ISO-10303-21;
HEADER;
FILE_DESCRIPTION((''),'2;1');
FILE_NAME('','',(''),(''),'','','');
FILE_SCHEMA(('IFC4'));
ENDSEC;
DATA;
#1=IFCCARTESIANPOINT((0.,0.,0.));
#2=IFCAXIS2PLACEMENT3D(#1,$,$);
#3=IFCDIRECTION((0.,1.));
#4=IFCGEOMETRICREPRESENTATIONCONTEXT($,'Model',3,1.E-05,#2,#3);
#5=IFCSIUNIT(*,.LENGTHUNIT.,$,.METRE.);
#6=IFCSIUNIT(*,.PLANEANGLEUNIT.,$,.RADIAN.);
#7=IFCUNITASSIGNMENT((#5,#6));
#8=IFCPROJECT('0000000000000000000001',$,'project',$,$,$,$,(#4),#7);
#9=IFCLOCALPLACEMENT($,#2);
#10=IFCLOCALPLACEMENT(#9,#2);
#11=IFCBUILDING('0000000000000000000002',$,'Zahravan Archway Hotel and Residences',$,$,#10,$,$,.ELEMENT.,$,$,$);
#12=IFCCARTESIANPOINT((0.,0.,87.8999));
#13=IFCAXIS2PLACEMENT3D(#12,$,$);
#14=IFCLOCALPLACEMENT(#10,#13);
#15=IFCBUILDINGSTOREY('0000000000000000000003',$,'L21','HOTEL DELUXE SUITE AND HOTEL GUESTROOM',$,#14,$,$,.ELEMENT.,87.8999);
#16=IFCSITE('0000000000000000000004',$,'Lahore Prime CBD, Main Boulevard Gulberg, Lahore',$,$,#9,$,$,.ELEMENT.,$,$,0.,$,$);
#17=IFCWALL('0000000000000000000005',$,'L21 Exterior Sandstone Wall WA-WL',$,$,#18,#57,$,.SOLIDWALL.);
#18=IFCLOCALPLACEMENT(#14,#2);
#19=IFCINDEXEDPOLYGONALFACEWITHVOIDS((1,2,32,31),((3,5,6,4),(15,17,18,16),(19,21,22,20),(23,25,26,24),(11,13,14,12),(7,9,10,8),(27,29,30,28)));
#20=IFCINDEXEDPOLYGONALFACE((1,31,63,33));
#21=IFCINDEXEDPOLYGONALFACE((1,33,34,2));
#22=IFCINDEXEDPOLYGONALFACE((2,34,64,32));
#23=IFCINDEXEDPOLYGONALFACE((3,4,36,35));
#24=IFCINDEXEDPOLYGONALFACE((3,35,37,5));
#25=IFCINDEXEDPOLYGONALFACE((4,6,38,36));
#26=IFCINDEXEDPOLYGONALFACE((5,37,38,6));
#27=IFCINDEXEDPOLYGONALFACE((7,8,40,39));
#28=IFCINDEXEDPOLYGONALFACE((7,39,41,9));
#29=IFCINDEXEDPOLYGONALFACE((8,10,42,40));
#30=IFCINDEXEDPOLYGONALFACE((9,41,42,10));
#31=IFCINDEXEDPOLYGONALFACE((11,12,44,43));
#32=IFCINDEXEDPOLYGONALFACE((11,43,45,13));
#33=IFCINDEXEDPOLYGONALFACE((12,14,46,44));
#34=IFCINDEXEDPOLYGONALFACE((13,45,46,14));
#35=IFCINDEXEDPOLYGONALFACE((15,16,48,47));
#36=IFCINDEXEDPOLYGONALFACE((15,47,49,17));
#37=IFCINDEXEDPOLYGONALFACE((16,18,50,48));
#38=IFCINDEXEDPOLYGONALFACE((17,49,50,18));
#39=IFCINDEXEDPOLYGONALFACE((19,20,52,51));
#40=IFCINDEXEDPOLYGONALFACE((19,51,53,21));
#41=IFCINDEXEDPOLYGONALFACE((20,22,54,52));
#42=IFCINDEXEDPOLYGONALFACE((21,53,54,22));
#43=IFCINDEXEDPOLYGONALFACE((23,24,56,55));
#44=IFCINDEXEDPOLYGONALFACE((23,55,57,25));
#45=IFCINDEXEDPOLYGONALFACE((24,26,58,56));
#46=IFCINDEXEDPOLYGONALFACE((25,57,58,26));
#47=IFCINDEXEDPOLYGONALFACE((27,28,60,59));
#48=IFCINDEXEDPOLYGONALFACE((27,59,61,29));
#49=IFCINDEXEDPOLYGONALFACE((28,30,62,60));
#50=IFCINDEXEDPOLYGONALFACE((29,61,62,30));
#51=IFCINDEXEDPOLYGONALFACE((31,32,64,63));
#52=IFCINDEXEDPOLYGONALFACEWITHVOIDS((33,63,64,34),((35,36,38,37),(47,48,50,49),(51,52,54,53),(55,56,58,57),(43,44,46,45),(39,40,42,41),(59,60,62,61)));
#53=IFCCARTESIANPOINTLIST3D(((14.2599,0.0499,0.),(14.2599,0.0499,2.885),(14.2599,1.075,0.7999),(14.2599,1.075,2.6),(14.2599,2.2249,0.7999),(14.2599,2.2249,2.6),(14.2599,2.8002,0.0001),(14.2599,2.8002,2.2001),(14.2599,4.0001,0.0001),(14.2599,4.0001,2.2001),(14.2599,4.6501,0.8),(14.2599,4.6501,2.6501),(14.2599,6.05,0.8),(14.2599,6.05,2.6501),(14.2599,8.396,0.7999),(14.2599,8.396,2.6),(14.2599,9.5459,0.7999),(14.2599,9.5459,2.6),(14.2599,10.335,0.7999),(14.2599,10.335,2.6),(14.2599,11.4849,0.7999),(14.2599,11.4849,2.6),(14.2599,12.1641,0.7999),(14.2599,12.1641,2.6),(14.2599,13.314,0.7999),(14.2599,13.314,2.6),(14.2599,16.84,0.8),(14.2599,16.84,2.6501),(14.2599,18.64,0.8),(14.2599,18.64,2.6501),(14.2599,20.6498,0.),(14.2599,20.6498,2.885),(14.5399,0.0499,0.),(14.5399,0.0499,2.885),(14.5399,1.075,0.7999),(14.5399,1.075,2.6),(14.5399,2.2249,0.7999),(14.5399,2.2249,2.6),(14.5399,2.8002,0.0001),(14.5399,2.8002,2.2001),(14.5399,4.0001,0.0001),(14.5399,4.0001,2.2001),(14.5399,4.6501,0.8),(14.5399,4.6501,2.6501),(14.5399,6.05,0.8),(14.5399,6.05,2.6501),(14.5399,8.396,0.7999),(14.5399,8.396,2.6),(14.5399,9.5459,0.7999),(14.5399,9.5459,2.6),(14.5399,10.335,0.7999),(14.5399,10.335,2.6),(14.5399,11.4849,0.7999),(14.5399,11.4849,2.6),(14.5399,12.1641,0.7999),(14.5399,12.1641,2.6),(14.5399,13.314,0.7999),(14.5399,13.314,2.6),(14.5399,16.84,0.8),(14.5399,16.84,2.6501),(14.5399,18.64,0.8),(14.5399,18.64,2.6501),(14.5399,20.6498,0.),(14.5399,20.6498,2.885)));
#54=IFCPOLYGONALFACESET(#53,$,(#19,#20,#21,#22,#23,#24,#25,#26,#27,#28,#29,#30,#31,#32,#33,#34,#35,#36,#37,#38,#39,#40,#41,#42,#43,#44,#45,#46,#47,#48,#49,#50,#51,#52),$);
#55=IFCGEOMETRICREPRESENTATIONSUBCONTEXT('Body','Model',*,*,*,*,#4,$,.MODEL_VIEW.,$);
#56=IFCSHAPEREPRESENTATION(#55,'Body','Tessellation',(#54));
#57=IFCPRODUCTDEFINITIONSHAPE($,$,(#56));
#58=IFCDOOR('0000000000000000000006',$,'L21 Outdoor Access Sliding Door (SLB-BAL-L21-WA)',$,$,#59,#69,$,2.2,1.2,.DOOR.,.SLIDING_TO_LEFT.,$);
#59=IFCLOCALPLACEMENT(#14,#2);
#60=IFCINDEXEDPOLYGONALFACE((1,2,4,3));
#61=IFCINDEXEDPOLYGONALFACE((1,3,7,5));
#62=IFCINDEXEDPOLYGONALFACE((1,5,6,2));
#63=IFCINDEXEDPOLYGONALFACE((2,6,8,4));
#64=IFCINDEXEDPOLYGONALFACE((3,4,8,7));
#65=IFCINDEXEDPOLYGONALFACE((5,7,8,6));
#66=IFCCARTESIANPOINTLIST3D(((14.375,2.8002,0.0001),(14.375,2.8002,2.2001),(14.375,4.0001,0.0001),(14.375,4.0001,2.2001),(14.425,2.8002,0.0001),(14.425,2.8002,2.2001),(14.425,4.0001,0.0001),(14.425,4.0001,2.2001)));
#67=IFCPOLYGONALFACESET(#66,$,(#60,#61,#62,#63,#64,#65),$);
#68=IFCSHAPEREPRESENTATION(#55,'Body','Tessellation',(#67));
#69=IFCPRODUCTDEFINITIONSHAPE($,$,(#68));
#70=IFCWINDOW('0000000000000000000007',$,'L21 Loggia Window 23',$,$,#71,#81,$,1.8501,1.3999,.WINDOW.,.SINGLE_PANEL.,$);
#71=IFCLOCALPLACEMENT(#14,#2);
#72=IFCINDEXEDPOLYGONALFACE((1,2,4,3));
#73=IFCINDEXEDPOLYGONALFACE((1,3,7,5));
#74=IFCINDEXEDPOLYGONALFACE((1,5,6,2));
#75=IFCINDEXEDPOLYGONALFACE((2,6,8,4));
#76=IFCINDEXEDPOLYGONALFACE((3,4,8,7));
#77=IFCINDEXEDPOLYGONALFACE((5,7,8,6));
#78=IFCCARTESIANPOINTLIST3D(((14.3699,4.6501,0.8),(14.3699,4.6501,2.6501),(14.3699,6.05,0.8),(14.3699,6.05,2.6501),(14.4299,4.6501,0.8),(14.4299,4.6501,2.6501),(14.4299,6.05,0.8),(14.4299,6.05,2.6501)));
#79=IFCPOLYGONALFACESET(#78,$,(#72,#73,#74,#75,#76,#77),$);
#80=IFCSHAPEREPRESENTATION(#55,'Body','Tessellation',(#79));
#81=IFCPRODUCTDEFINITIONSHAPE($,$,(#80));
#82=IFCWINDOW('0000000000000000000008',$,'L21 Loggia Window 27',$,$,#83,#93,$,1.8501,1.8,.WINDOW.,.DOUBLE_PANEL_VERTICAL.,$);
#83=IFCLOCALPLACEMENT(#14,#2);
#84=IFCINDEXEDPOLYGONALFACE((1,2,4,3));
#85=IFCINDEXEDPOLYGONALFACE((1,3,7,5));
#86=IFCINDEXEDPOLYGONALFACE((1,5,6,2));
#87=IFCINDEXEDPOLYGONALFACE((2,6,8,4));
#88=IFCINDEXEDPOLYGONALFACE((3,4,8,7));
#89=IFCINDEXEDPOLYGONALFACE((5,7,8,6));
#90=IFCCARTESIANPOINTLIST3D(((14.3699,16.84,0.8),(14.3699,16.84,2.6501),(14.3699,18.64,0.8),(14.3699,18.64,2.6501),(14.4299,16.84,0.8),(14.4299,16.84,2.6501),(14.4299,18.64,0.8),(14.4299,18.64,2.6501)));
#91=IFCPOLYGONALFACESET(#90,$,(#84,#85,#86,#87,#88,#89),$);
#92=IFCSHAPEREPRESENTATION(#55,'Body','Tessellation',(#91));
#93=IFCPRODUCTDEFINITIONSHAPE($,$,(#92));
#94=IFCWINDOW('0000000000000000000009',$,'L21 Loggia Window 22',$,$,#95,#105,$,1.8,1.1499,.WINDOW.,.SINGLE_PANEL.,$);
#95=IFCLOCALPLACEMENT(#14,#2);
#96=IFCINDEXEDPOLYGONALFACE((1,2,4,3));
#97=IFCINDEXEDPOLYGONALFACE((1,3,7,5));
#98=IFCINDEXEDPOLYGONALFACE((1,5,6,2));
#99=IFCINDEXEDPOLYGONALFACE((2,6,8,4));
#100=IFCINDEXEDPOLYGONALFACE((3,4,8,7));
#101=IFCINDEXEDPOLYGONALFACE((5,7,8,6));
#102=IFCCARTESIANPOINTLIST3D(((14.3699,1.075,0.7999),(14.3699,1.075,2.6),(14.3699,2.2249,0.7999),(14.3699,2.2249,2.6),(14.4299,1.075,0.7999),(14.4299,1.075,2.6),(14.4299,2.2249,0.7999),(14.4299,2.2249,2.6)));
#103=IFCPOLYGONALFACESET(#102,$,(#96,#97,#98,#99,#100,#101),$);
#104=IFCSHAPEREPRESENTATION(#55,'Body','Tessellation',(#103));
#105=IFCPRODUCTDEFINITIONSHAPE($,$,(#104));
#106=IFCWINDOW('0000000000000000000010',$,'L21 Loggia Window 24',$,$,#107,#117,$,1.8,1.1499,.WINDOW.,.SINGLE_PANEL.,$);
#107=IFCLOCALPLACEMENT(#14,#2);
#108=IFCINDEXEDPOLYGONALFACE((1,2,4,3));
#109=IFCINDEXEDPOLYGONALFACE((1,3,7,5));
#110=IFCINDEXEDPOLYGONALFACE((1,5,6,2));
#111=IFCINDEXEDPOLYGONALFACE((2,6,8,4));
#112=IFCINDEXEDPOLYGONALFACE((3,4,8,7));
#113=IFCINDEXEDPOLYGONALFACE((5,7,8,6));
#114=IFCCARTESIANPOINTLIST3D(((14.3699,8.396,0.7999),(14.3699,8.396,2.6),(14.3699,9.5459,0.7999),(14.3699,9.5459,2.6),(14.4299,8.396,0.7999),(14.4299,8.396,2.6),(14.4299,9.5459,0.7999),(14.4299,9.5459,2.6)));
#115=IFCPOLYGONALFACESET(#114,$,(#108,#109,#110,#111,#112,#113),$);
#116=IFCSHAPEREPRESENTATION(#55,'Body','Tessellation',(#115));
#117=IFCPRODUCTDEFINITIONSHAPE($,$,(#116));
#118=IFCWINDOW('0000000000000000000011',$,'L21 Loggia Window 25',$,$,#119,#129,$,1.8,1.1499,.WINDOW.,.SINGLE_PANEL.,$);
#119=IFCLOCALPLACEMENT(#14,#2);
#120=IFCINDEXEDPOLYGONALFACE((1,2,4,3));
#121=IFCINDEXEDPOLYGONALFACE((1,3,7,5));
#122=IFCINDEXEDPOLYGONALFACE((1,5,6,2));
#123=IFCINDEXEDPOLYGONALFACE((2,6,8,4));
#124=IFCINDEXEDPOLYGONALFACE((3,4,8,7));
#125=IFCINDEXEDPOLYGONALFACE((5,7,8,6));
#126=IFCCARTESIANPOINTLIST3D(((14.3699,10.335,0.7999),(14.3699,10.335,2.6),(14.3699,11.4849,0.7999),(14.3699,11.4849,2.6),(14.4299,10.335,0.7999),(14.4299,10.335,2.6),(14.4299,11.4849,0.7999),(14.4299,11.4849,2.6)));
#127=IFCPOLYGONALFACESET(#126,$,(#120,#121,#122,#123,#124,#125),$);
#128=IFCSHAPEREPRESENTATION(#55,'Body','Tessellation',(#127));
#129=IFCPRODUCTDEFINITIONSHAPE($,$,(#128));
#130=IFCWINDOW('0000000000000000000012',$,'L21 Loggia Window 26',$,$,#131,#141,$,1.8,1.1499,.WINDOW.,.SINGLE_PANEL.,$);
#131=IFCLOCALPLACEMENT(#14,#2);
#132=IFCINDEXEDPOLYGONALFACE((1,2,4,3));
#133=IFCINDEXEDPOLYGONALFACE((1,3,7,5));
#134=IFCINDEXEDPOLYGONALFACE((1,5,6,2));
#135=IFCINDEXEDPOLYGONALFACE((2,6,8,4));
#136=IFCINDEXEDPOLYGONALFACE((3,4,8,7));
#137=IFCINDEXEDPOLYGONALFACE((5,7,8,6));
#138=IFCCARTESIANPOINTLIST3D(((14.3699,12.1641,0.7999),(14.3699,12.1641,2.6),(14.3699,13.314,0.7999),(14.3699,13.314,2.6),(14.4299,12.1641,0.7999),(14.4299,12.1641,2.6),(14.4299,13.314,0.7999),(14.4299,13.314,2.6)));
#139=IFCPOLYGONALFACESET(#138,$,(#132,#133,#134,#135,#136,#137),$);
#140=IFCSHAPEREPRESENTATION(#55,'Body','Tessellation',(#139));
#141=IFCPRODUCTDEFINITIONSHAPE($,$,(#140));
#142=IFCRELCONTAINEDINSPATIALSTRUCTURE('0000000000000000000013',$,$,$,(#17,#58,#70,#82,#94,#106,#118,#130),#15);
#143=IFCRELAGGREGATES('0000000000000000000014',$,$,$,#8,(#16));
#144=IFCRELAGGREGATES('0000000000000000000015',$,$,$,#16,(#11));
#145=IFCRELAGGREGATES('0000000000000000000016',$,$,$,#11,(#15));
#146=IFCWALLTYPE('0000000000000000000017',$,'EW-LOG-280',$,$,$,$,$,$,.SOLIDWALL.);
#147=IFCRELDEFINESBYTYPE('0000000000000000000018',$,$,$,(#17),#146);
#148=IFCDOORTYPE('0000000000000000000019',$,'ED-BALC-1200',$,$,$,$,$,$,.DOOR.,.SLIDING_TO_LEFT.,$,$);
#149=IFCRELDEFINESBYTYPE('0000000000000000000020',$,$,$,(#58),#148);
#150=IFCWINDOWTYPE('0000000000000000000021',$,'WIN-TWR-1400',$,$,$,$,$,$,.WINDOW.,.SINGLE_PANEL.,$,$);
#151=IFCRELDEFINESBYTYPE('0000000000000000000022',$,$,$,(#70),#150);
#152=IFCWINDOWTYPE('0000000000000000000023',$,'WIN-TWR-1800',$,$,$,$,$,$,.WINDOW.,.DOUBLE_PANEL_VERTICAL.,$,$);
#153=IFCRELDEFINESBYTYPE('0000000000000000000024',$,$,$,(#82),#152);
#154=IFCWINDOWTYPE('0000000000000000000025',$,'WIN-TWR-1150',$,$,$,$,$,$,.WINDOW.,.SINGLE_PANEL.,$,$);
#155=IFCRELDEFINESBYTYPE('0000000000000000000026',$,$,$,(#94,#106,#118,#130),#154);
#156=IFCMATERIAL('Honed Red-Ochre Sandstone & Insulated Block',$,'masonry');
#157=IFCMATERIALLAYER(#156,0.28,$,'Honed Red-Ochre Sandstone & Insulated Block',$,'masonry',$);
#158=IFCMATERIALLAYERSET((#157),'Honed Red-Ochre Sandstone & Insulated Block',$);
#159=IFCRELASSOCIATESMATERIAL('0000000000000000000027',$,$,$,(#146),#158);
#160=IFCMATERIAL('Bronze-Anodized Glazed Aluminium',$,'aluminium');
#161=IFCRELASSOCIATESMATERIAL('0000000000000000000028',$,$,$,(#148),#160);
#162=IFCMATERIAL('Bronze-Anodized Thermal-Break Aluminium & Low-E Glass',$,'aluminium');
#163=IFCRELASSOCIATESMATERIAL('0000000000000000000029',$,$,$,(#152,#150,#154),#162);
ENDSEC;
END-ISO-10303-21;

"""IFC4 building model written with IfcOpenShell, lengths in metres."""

from ifc_helpers import new_model, si_unit, direction, frame, frame_2d, origin, place, context, subcontext, project, spatial, rectangle, extrude, source, transform, mapped, material, layer, layer_set, type_object, type_shapes, element, fill, save


model = new_model("IFC4")

# Units and contexts
model_context = context("Model", 3, precision=1e-05, world=origin(), true_north=direction((0.0, 1.0)))
body_context = subcontext(model_context, "Body", "Model", "MODEL_VIEW")
ifc_project = project(units=[si_unit("LENGTHUNIT", "METRE"), si_unit("PLANEANGLEUNIT", "RADIAN")], contexts=[model_context])

# Site, building, storey
site_placement = place(None, origin())
site = spatial("IfcSite", under=ifc_project, at=site_placement, Name="Lahore Prime CBD, Main Boulevard Gulberg, Lahore", CompositionType="ELEMENT", RefElevation=0.0)
building_placement = place(site_placement, origin())
building = spatial("IfcBuilding", under=site, at=building_placement, Name="Zahravan Archway Hotel and Residences", CompositionType="ELEMENT")
storey_placement = place(building_placement, frame((0.0, 0.0, 87.8999)))
storey = spatial("IfcBuildingStorey", under=building, at=storey_placement, Name="L21", Description="HOTEL DELUXE SUITE AND HOTEL GUESTROOM", CompositionType="ELEMENT", Elevation=87.8999)

# Wall, openings, door, windows
ifc_material_1 = material(Name="Honed Red-Ochre Sandstone & Insulated Block", Category="masonry")
ifc_layer = layer(ifc_material_1, 0.28, Name="Honed Red-Ochre Sandstone & Insulated Block", Category="masonry")
ifc_layer_set = layer_set([ifc_layer], Name="Honed Red-Ochre Sandstone & Insulated Block")
wall_type = type_object("IfcWallType", Name="EW-LOG-280", PredefinedType="SOLIDWALL", material=ifc_layer_set)
ifc_material_2 = material(Name="Bronze-Anodized Glazed Aluminium", Category="aluminium")
door_type = type_object("IfcDoorType", Name="ED-BALC-1200", OperationType="SLIDING_TO_LEFT", PredefinedType="DOOR", material=ifc_material_2)
shared_shape_1 = source(origin(), body_context, "Body", "SweptSolid", [
    extrude(rectangle(XDim=1.2, YDim=2.2, at=frame_2d((0.6001, 1.1001))), frame((0.0, 0.0249, 0.0), z_axis=(0.0, -1.0, 0.0), x_axis=(1.0, 0.0, 0.0)), (0.0, 0.0, 1.0), 0.05),
])
type_shapes(door_type, [shared_shape_1])
ifc_material_3 = material(Name="Bronze-Anodized Thermal-Break Aluminium & Low-E Glass", Category="aluminium")
window_type_1 = type_object("IfcWindowType", Name="WIN-TWR-1800", PartitioningType="DOUBLE_PANEL_VERTICAL", PredefinedType="WINDOW", material=ifc_material_3)
shared_shape_2 = source(origin(), body_context, "Body", "SweptSolid", [
    extrude(rectangle(XDim=1.8, YDim=1.8501, at=frame_2d((0.8999, 0.925))), frame((0.0, 0.03, 0.0), z_axis=(0.0, -1.0, 0.0), x_axis=(1.0, 0.0, 0.0)), (0.0, 0.0, 1.0), 0.0601),
])
type_shapes(window_type_1, [shared_shape_2])
wall_1_placement = place(storey_placement, frame((14.3999, 0.05, 0.0), z_axis=(0.0, 0.0, 1.0), x_axis=(0.0, 1.0, 0.0)))
wall_1 = element("IfcWall", 1, at=wall_1_placement, inside=storey, type_object=wall_type, Name="L21 Exterior Sandstone Wall WA-WL", PredefinedType="SOLIDWALL", context=body_context, shape_type="SweptSolid", body=[
    extrude(rectangle(XDim=20.5999, YDim=0.28, at=frame_2d((10.2998, 0.0))), origin(), (0.0, 0.0, 1.0), 2.885),
])
opening_1_placement = place(wall_1_placement, frame((2.75, 0.0, 0.0)))
opening_1 = element("IfcOpeningElement", 2, at=opening_1_placement, cuts=wall_1, PredefinedType="OPENING", context=body_context, shape_type="SweptSolid", body=[
    extrude(rectangle(XDim=1.2, YDim=2.2, at=frame_2d((0.6001, 1.1001))), frame((0.0, 0.1499, 0.0), z_axis=(0.0, -1.0, 0.0), x_axis=(1.0, 0.0, 0.0)), (0.0, 0.0, 1.0), 0.3),
])
opening_2_placement = place(wall_1_placement, frame((1.0249, 0.0, 0.8)))
opening_2 = element("IfcOpeningElement", 3, at=opening_2_placement, cuts=wall_1, PredefinedType="OPENING", context=body_context, shape_type="SweptSolid", body=[
    extrude(rectangle(XDim=1.1499, YDim=1.8, at=frame_2d((0.575, 0.8999))), frame((0.0, 0.1499, 0.0), z_axis=(0.0, -1.0, 0.0), x_axis=(1.0, 0.0, 0.0)), (0.0, 0.0, 1.0), 0.3),
])
opening_3_placement = place(wall_1_placement, frame((4.6001, 0.0, 0.8)))
opening_3 = element("IfcOpeningElement", 4, at=opening_3_placement, cuts=wall_1, PredefinedType="OPENING", context=body_context, shape_type="SweptSolid", body=[
    extrude(rectangle(XDim=1.3999, YDim=1.8501, at=frame_2d((0.7, 0.925))), frame((0.0, 0.1499, 0.0), z_axis=(0.0, -1.0, 0.0), x_axis=(1.0, 0.0, 0.0)), (0.0, 0.0, 1.0), 0.3),
])
opening_4_placement = place(wall_1_placement, frame((8.3459, 0.0, 0.8)))
opening_4 = element("IfcOpeningElement", 5, at=opening_4_placement, cuts=wall_1, PredefinedType="OPENING", context=body_context, shape_type="SweptSolid", body=[
    extrude(rectangle(XDim=1.1499, YDim=1.8, at=frame_2d((0.575, 0.8999))), frame((0.0, 0.1499, 0.0), z_axis=(0.0, -1.0, 0.0), x_axis=(1.0, 0.0, 0.0)), (0.0, 0.0, 1.0), 0.3),
])
opening_5_placement = place(wall_1_placement, frame((10.2849, 0.0, 0.8)))
opening_5 = element("IfcOpeningElement", 6, at=opening_5_placement, cuts=wall_1, PredefinedType="OPENING", context=body_context, shape_type="SweptSolid", body=[
    extrude(rectangle(XDim=1.1499, YDim=1.8, at=frame_2d((0.575, 0.8999))), frame((0.0, 0.1499, 0.0), z_axis=(0.0, -1.0, 0.0), x_axis=(1.0, 0.0, 0.0)), (0.0, 0.0, 1.0), 0.3),
])
opening_6_placement = place(wall_1_placement, frame((12.114, 0.0, 0.8)))
opening_6 = element("IfcOpeningElement", 7, at=opening_6_placement, cuts=wall_1, PredefinedType="OPENING", context=body_context, shape_type="SweptSolid", body=[
    extrude(rectangle(XDim=1.1499, YDim=1.8, at=frame_2d((0.575, 0.8999))), frame((0.0, 0.1499, 0.0), z_axis=(0.0, -1.0, 0.0), x_axis=(1.0, 0.0, 0.0)), (0.0, 0.0, 1.0), 0.3),
])
opening_7_placement = place(wall_1_placement, frame((16.79, 0.0, 0.8)))
opening_7 = element("IfcOpeningElement", 8, at=opening_7_placement, cuts=wall_1, PredefinedType="OPENING", context=body_context, shape_type="SweptSolid", body=[
    extrude(rectangle(XDim=1.8, YDim=1.8501, at=frame_2d((0.8999, 0.925))), frame((0.0, 0.1499, 0.0), z_axis=(0.0, -1.0, 0.0), x_axis=(1.0, 0.0, 0.0)), (0.0, 0.0, 1.0), 0.3),
])
door_1_placement = place(opening_1_placement, origin())
door_1 = element("IfcDoor", 9, at=door_1_placement, inside=storey, type_object=door_type, Name="L21 Outdoor Access Sliding Door (SLB-BAL-L21-WA)", OperationType="SLIDING_TO_LEFT", OverallHeight=2.2, OverallWidth=1.2, PredefinedType="DOOR", context=body_context, shape_type="MappedRepresentation", body=[
    mapped(shared_shape_1, transform((0.0, 0.0, 0.0), scale=1.0)),
])
fill(opening_1, door_1)
window_type_2 = type_object("IfcWindowType", Name="WIN-TWR-1400", PartitioningType="SINGLE_PANEL", PredefinedType="WINDOW", material=ifc_material_3)
shared_shape_3 = source(origin(), body_context, "Body", "SweptSolid", [
    extrude(rectangle(XDim=1.3999, YDim=1.8501, at=frame_2d((0.7, 0.925))), frame((0.0, 0.03, 0.0), z_axis=(0.0, -1.0, 0.0), x_axis=(1.0, 0.0, 0.0)), (0.0, 0.0, 1.0), 0.0601),
])
type_shapes(window_type_2, [shared_shape_3])
window_1_placement = place(opening_3_placement, origin())
window_1 = element("IfcWindow", 10, at=window_1_placement, inside=storey, type_object=window_type_2, Name="L21 Loggia Window 23", OverallHeight=1.8501, OverallWidth=1.3999, PartitioningType="SINGLE_PANEL", PredefinedType="WINDOW", context=body_context, shape_type="MappedRepresentation", body=[
    mapped(shared_shape_3, transform((0.0, 0.0, 0.0), scale=1.0)),
])
fill(opening_3, window_1)
window_2_placement = place(opening_7_placement, origin())
window_2 = element("IfcWindow", 11, at=window_2_placement, inside=storey, type_object=window_type_1, Name="L21 Loggia Window 27", OverallHeight=1.8501, OverallWidth=1.8, PartitioningType="DOUBLE_PANEL_VERTICAL", PredefinedType="WINDOW", context=body_context, shape_type="MappedRepresentation", body=[
    mapped(shared_shape_2, transform((0.0, 0.0, 0.0), scale=1.0)),
])
fill(opening_7, window_2)
window_type_3 = type_object("IfcWindowType", Name="WIN-TWR-1150", PartitioningType="SINGLE_PANEL", PredefinedType="WINDOW", material=ifc_material_3)
shared_shape_4 = source(origin(), body_context, "Body", "SweptSolid", [
    extrude(rectangle(XDim=1.1499, YDim=1.8, at=frame_2d((0.575, 0.8999))), frame((0.0, 0.03, 0.0), z_axis=(0.0, -1.0, 0.0), x_axis=(1.0, 0.0, 0.0)), (0.0, 0.0, 1.0), 0.0601),
])
type_shapes(window_type_3, [shared_shape_4])
window_3_placement = place(opening_2_placement, origin())
window_3 = element("IfcWindow", 12, at=window_3_placement, inside=storey, type_object=window_type_3, Name="L21 Loggia Window 22", OverallHeight=1.8, OverallWidth=1.1499, PartitioningType="SINGLE_PANEL", PredefinedType="WINDOW", context=body_context, shape_type="MappedRepresentation", body=[
    mapped(shared_shape_4, transform((0.0, 0.0, 0.0), scale=1.0)),
])
fill(opening_2, window_3)
window_4_placement = place(opening_4_placement, origin())
window_4 = element("IfcWindow", 13, at=window_4_placement, inside=storey, type_object=window_type_3, Name="L21 Loggia Window 24", OverallHeight=1.8, OverallWidth=1.1499, PartitioningType="SINGLE_PANEL", PredefinedType="WINDOW", context=body_context, shape_type="MappedRepresentation", body=[
    mapped(shared_shape_4, transform((0.0, 0.0, 0.0), scale=1.0)),
])
fill(opening_4, window_4)
window_5_placement = place(opening_5_placement, origin())
window_5 = element("IfcWindow", 14, at=window_5_placement, inside=storey, type_object=window_type_3, Name="L21 Loggia Window 25", OverallHeight=1.8, OverallWidth=1.1499, PartitioningType="SINGLE_PANEL", PredefinedType="WINDOW", context=body_context, shape_type="MappedRepresentation", body=[
    mapped(shared_shape_4, transform((0.0, 0.0, 0.0), scale=1.0)),
])
fill(opening_5, window_5)
window_6_placement = place(opening_6_placement, origin())
window_6 = element("IfcWindow", 15, at=window_6_placement, inside=storey, type_object=window_type_3, Name="L21 Loggia Window 26", OverallHeight=1.8, OverallWidth=1.1499, PartitioningType="SINGLE_PANEL", PredefinedType="WINDOW", context=body_context, shape_type="MappedRepresentation", body=[
    mapped(shared_shape_4, transform((0.0, 0.0, 0.0), scale=1.0)),
])
fill(opening_6, window_6)

save(model, "model.ifc")
